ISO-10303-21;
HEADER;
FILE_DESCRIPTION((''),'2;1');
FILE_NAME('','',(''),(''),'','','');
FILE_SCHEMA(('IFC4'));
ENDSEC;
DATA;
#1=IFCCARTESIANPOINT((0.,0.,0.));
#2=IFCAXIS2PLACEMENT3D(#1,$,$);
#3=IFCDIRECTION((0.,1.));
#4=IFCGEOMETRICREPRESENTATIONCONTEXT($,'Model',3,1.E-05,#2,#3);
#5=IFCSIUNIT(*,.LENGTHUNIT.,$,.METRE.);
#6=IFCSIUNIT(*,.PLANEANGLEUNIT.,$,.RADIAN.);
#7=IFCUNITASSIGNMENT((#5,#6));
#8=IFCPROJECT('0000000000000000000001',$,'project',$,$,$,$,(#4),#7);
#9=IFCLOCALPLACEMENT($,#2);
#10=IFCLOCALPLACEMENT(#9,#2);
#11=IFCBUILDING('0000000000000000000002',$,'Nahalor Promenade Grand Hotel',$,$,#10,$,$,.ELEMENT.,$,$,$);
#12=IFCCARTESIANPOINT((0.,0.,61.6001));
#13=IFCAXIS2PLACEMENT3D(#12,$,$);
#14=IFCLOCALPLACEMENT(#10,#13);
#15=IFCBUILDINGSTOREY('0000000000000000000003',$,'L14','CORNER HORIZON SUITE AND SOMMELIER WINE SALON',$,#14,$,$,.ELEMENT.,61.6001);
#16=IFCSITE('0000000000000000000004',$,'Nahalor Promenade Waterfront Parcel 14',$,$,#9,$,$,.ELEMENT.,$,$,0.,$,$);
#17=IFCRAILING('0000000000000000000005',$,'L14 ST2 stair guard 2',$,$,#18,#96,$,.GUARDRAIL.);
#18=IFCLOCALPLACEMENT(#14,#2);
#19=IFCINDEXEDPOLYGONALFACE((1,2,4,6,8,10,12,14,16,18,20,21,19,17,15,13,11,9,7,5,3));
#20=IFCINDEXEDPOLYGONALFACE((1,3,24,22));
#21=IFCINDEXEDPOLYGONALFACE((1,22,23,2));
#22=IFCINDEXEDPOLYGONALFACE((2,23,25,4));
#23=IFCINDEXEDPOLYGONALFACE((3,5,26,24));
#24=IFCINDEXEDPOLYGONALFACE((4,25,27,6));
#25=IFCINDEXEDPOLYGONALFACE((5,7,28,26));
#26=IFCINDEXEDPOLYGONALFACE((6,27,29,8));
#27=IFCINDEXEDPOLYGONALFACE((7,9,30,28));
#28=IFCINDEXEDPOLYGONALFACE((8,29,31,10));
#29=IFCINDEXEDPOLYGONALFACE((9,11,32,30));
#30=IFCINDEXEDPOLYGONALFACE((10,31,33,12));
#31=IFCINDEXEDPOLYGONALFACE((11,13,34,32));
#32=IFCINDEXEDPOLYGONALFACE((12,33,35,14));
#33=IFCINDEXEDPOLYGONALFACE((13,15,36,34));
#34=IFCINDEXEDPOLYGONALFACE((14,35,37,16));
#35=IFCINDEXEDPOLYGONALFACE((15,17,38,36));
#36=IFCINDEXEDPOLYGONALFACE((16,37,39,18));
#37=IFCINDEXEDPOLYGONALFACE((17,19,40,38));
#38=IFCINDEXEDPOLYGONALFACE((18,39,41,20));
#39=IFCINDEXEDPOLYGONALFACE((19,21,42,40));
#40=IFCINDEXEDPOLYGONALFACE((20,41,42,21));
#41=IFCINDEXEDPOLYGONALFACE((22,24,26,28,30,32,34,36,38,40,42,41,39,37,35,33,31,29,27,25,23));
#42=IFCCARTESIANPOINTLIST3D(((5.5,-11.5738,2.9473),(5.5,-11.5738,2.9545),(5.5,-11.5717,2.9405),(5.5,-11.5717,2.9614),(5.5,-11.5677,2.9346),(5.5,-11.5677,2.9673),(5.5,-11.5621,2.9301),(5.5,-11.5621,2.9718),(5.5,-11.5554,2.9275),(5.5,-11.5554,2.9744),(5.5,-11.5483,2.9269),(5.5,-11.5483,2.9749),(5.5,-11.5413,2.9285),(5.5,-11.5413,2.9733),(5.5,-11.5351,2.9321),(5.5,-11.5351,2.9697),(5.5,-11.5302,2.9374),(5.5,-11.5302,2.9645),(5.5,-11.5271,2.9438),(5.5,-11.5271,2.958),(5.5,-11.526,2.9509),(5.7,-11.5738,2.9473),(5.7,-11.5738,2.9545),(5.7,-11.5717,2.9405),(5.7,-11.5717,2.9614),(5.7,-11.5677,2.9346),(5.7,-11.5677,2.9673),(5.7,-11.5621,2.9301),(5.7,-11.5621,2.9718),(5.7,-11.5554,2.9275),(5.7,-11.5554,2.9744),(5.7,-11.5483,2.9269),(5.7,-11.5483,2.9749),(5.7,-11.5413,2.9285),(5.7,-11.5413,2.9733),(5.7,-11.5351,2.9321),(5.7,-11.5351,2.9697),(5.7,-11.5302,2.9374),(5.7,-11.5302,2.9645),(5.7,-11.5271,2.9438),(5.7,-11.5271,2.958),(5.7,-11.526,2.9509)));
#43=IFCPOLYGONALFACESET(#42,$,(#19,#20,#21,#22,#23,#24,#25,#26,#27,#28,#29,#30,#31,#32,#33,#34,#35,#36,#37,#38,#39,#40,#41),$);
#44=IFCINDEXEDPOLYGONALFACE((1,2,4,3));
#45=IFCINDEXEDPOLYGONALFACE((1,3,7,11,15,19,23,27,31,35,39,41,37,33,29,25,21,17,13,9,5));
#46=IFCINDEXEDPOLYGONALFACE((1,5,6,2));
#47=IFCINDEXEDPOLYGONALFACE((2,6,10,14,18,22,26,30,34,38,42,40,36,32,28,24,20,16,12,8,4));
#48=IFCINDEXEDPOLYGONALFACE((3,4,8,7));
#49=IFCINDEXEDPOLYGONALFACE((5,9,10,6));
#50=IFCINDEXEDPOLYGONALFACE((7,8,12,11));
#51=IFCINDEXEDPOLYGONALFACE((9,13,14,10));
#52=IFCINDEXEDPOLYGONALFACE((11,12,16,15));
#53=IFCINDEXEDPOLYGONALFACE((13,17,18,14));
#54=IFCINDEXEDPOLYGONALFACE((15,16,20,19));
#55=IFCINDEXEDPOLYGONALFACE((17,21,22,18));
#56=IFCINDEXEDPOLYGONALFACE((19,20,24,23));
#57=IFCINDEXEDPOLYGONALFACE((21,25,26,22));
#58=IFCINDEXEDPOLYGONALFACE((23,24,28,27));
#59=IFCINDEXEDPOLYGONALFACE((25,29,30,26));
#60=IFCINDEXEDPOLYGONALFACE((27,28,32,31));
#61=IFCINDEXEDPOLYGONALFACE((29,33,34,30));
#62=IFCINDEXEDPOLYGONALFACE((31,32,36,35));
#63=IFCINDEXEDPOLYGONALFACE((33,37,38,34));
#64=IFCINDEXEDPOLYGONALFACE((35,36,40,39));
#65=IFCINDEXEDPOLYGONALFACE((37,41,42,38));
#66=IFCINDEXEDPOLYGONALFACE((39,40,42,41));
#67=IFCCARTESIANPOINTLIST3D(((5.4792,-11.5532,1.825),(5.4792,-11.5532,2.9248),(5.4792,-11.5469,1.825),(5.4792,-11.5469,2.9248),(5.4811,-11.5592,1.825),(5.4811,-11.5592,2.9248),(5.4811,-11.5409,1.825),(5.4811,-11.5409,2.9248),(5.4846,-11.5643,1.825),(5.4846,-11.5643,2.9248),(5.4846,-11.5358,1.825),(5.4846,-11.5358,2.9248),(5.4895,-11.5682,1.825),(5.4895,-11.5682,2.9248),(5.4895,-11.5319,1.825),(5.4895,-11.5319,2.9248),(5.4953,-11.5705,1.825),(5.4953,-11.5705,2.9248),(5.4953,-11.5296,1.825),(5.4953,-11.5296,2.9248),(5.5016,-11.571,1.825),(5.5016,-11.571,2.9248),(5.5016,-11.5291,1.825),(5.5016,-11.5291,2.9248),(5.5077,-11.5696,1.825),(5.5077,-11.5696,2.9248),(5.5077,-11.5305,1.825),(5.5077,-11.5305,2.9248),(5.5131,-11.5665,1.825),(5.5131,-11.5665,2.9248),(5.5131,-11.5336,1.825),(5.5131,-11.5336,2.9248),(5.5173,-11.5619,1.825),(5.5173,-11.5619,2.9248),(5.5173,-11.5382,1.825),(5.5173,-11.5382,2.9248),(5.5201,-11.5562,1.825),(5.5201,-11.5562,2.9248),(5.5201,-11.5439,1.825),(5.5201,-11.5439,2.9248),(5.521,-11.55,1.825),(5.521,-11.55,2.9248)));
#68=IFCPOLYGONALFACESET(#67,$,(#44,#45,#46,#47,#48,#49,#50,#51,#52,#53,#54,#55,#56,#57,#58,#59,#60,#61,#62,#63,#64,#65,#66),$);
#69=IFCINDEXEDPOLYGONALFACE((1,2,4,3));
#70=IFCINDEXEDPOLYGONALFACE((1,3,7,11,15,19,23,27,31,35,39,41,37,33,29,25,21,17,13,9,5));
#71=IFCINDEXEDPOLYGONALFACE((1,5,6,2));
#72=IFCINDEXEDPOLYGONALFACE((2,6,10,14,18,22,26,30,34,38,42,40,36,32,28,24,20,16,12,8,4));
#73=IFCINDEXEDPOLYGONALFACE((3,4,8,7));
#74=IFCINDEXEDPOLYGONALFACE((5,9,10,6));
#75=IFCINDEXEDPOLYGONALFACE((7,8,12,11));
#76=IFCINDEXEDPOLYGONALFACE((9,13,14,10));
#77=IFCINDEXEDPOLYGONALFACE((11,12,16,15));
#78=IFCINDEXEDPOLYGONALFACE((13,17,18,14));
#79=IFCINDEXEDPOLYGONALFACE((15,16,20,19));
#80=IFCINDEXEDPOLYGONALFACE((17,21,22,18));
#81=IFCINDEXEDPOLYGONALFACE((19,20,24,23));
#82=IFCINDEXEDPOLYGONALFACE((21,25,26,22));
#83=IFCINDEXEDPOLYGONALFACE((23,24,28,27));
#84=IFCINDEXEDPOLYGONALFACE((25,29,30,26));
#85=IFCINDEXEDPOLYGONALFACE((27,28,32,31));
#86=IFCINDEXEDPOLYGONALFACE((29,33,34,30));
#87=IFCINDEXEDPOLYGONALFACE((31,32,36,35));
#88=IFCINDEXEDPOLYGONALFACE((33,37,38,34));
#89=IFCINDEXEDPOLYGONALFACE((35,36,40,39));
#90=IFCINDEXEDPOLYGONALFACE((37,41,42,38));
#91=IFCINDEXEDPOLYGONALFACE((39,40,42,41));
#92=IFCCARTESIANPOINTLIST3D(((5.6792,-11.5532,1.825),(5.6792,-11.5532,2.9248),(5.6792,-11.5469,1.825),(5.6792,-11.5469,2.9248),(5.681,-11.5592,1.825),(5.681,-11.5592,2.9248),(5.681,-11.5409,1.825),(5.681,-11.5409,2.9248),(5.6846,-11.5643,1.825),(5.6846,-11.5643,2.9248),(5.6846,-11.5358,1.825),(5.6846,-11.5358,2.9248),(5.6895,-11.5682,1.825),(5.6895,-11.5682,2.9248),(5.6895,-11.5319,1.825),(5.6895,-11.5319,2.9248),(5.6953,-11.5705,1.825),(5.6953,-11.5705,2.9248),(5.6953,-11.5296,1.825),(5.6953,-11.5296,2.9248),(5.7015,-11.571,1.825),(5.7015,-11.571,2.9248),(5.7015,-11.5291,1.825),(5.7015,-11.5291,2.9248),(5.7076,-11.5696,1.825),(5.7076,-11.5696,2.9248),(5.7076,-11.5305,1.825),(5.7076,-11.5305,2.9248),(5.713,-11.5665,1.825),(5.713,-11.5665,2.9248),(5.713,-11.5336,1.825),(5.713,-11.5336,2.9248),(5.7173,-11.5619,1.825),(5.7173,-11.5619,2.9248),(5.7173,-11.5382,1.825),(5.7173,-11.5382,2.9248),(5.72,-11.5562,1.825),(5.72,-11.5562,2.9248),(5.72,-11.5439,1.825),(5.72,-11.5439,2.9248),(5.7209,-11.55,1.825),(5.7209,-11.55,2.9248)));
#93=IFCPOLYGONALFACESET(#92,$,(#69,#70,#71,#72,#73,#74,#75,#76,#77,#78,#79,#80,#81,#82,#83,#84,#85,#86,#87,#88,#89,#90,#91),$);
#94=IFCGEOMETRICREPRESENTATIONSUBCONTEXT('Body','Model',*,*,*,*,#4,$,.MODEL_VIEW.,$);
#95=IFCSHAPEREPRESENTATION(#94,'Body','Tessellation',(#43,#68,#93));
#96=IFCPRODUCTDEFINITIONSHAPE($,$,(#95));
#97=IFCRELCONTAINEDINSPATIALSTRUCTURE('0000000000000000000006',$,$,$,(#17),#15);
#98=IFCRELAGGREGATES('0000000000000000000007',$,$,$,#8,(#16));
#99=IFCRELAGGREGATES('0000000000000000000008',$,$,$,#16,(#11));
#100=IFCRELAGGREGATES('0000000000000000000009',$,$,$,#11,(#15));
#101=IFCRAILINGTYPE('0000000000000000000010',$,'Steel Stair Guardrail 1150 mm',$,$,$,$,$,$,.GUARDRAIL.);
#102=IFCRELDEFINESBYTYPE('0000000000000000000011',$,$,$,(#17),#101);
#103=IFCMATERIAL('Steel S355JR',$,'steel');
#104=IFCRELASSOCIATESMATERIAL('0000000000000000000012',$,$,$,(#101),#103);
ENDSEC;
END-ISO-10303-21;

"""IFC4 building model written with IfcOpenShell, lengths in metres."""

from ifc_helpers import new_model, si_unit, direction, frame, origin, origin_2d, place, context, subcontext, project, spatial, circle, extrude, material, type_object, element, save


model = new_model("IFC4")

# Units and contexts
model_context = context("Model", 3, precision=1e-05, world=origin(), true_north=direction((0.0, 1.0)))
body_context = subcontext(model_context, "Body", "Model", "MODEL_VIEW")
ifc_project = project(units=[si_unit("LENGTHUNIT", "METRE"), si_unit("PLANEANGLEUNIT", "RADIAN")], contexts=[model_context])

# Site, building, storey
site_placement = place(None, origin())
site = spatial("IfcSite", under=ifc_project, at=site_placement, Name="Nahalor Promenade Waterfront Parcel 14", CompositionType="ELEMENT", RefElevation=0.0)
building_placement = place(site_placement, origin())
building = spatial("IfcBuilding", under=site, at=building_placement, Name="Nahalor Promenade Grand Hotel", CompositionType="ELEMENT")
storey_placement = place(building_placement, frame((0.0, 0.0, 61.6001)))
storey = spatial("IfcBuildingStorey", under=building, at=storey_placement, Name="L14", Description="CORNER HORIZON SUITE AND SOMMELIER WINE SALON", CompositionType="ELEMENT", Elevation=61.6001)

# Shared definitions
ifc_material_1 = material(Name="Steel S355JR", Category="steel")

# Railing
railing_type_1 = type_object("IfcRailingType", Name="Steel Stair Guardrail 1150 mm", PredefinedType="GUARDRAIL", material=ifc_material_1)
railing_1_placement = place(storey_placement, frame((5.5, -11.55, 1.825)))
element("IfcRailing", 1, at=railing_1_placement, inside=storey, type_object=railing_type_1, Name="L14 ST2 stair guard 2", PredefinedType="GUARDRAIL", context=body_context, shape_type="SweptSolid", body=[
    extrude(circle(Radius=0.024, at=origin_2d()), frame((0.0, 0.0, 1.126), z_axis=(1.0, 0.0, 0.0), x_axis=(0.0, 1.0, 0.0)), (0.0, 0.0, 1.0), 0.2),
    extrude(circle(Radius=0.021, at=origin_2d()), origin(), (0.0, 0.0, 1.0), 1.0999),
    extrude(circle(Radius=0.021, at=origin_2d()), frame((0.2, 0.0, 0.0)), (0.0, 0.0, 1.0), 1.0999),
])

save(model, "model.ifc")
